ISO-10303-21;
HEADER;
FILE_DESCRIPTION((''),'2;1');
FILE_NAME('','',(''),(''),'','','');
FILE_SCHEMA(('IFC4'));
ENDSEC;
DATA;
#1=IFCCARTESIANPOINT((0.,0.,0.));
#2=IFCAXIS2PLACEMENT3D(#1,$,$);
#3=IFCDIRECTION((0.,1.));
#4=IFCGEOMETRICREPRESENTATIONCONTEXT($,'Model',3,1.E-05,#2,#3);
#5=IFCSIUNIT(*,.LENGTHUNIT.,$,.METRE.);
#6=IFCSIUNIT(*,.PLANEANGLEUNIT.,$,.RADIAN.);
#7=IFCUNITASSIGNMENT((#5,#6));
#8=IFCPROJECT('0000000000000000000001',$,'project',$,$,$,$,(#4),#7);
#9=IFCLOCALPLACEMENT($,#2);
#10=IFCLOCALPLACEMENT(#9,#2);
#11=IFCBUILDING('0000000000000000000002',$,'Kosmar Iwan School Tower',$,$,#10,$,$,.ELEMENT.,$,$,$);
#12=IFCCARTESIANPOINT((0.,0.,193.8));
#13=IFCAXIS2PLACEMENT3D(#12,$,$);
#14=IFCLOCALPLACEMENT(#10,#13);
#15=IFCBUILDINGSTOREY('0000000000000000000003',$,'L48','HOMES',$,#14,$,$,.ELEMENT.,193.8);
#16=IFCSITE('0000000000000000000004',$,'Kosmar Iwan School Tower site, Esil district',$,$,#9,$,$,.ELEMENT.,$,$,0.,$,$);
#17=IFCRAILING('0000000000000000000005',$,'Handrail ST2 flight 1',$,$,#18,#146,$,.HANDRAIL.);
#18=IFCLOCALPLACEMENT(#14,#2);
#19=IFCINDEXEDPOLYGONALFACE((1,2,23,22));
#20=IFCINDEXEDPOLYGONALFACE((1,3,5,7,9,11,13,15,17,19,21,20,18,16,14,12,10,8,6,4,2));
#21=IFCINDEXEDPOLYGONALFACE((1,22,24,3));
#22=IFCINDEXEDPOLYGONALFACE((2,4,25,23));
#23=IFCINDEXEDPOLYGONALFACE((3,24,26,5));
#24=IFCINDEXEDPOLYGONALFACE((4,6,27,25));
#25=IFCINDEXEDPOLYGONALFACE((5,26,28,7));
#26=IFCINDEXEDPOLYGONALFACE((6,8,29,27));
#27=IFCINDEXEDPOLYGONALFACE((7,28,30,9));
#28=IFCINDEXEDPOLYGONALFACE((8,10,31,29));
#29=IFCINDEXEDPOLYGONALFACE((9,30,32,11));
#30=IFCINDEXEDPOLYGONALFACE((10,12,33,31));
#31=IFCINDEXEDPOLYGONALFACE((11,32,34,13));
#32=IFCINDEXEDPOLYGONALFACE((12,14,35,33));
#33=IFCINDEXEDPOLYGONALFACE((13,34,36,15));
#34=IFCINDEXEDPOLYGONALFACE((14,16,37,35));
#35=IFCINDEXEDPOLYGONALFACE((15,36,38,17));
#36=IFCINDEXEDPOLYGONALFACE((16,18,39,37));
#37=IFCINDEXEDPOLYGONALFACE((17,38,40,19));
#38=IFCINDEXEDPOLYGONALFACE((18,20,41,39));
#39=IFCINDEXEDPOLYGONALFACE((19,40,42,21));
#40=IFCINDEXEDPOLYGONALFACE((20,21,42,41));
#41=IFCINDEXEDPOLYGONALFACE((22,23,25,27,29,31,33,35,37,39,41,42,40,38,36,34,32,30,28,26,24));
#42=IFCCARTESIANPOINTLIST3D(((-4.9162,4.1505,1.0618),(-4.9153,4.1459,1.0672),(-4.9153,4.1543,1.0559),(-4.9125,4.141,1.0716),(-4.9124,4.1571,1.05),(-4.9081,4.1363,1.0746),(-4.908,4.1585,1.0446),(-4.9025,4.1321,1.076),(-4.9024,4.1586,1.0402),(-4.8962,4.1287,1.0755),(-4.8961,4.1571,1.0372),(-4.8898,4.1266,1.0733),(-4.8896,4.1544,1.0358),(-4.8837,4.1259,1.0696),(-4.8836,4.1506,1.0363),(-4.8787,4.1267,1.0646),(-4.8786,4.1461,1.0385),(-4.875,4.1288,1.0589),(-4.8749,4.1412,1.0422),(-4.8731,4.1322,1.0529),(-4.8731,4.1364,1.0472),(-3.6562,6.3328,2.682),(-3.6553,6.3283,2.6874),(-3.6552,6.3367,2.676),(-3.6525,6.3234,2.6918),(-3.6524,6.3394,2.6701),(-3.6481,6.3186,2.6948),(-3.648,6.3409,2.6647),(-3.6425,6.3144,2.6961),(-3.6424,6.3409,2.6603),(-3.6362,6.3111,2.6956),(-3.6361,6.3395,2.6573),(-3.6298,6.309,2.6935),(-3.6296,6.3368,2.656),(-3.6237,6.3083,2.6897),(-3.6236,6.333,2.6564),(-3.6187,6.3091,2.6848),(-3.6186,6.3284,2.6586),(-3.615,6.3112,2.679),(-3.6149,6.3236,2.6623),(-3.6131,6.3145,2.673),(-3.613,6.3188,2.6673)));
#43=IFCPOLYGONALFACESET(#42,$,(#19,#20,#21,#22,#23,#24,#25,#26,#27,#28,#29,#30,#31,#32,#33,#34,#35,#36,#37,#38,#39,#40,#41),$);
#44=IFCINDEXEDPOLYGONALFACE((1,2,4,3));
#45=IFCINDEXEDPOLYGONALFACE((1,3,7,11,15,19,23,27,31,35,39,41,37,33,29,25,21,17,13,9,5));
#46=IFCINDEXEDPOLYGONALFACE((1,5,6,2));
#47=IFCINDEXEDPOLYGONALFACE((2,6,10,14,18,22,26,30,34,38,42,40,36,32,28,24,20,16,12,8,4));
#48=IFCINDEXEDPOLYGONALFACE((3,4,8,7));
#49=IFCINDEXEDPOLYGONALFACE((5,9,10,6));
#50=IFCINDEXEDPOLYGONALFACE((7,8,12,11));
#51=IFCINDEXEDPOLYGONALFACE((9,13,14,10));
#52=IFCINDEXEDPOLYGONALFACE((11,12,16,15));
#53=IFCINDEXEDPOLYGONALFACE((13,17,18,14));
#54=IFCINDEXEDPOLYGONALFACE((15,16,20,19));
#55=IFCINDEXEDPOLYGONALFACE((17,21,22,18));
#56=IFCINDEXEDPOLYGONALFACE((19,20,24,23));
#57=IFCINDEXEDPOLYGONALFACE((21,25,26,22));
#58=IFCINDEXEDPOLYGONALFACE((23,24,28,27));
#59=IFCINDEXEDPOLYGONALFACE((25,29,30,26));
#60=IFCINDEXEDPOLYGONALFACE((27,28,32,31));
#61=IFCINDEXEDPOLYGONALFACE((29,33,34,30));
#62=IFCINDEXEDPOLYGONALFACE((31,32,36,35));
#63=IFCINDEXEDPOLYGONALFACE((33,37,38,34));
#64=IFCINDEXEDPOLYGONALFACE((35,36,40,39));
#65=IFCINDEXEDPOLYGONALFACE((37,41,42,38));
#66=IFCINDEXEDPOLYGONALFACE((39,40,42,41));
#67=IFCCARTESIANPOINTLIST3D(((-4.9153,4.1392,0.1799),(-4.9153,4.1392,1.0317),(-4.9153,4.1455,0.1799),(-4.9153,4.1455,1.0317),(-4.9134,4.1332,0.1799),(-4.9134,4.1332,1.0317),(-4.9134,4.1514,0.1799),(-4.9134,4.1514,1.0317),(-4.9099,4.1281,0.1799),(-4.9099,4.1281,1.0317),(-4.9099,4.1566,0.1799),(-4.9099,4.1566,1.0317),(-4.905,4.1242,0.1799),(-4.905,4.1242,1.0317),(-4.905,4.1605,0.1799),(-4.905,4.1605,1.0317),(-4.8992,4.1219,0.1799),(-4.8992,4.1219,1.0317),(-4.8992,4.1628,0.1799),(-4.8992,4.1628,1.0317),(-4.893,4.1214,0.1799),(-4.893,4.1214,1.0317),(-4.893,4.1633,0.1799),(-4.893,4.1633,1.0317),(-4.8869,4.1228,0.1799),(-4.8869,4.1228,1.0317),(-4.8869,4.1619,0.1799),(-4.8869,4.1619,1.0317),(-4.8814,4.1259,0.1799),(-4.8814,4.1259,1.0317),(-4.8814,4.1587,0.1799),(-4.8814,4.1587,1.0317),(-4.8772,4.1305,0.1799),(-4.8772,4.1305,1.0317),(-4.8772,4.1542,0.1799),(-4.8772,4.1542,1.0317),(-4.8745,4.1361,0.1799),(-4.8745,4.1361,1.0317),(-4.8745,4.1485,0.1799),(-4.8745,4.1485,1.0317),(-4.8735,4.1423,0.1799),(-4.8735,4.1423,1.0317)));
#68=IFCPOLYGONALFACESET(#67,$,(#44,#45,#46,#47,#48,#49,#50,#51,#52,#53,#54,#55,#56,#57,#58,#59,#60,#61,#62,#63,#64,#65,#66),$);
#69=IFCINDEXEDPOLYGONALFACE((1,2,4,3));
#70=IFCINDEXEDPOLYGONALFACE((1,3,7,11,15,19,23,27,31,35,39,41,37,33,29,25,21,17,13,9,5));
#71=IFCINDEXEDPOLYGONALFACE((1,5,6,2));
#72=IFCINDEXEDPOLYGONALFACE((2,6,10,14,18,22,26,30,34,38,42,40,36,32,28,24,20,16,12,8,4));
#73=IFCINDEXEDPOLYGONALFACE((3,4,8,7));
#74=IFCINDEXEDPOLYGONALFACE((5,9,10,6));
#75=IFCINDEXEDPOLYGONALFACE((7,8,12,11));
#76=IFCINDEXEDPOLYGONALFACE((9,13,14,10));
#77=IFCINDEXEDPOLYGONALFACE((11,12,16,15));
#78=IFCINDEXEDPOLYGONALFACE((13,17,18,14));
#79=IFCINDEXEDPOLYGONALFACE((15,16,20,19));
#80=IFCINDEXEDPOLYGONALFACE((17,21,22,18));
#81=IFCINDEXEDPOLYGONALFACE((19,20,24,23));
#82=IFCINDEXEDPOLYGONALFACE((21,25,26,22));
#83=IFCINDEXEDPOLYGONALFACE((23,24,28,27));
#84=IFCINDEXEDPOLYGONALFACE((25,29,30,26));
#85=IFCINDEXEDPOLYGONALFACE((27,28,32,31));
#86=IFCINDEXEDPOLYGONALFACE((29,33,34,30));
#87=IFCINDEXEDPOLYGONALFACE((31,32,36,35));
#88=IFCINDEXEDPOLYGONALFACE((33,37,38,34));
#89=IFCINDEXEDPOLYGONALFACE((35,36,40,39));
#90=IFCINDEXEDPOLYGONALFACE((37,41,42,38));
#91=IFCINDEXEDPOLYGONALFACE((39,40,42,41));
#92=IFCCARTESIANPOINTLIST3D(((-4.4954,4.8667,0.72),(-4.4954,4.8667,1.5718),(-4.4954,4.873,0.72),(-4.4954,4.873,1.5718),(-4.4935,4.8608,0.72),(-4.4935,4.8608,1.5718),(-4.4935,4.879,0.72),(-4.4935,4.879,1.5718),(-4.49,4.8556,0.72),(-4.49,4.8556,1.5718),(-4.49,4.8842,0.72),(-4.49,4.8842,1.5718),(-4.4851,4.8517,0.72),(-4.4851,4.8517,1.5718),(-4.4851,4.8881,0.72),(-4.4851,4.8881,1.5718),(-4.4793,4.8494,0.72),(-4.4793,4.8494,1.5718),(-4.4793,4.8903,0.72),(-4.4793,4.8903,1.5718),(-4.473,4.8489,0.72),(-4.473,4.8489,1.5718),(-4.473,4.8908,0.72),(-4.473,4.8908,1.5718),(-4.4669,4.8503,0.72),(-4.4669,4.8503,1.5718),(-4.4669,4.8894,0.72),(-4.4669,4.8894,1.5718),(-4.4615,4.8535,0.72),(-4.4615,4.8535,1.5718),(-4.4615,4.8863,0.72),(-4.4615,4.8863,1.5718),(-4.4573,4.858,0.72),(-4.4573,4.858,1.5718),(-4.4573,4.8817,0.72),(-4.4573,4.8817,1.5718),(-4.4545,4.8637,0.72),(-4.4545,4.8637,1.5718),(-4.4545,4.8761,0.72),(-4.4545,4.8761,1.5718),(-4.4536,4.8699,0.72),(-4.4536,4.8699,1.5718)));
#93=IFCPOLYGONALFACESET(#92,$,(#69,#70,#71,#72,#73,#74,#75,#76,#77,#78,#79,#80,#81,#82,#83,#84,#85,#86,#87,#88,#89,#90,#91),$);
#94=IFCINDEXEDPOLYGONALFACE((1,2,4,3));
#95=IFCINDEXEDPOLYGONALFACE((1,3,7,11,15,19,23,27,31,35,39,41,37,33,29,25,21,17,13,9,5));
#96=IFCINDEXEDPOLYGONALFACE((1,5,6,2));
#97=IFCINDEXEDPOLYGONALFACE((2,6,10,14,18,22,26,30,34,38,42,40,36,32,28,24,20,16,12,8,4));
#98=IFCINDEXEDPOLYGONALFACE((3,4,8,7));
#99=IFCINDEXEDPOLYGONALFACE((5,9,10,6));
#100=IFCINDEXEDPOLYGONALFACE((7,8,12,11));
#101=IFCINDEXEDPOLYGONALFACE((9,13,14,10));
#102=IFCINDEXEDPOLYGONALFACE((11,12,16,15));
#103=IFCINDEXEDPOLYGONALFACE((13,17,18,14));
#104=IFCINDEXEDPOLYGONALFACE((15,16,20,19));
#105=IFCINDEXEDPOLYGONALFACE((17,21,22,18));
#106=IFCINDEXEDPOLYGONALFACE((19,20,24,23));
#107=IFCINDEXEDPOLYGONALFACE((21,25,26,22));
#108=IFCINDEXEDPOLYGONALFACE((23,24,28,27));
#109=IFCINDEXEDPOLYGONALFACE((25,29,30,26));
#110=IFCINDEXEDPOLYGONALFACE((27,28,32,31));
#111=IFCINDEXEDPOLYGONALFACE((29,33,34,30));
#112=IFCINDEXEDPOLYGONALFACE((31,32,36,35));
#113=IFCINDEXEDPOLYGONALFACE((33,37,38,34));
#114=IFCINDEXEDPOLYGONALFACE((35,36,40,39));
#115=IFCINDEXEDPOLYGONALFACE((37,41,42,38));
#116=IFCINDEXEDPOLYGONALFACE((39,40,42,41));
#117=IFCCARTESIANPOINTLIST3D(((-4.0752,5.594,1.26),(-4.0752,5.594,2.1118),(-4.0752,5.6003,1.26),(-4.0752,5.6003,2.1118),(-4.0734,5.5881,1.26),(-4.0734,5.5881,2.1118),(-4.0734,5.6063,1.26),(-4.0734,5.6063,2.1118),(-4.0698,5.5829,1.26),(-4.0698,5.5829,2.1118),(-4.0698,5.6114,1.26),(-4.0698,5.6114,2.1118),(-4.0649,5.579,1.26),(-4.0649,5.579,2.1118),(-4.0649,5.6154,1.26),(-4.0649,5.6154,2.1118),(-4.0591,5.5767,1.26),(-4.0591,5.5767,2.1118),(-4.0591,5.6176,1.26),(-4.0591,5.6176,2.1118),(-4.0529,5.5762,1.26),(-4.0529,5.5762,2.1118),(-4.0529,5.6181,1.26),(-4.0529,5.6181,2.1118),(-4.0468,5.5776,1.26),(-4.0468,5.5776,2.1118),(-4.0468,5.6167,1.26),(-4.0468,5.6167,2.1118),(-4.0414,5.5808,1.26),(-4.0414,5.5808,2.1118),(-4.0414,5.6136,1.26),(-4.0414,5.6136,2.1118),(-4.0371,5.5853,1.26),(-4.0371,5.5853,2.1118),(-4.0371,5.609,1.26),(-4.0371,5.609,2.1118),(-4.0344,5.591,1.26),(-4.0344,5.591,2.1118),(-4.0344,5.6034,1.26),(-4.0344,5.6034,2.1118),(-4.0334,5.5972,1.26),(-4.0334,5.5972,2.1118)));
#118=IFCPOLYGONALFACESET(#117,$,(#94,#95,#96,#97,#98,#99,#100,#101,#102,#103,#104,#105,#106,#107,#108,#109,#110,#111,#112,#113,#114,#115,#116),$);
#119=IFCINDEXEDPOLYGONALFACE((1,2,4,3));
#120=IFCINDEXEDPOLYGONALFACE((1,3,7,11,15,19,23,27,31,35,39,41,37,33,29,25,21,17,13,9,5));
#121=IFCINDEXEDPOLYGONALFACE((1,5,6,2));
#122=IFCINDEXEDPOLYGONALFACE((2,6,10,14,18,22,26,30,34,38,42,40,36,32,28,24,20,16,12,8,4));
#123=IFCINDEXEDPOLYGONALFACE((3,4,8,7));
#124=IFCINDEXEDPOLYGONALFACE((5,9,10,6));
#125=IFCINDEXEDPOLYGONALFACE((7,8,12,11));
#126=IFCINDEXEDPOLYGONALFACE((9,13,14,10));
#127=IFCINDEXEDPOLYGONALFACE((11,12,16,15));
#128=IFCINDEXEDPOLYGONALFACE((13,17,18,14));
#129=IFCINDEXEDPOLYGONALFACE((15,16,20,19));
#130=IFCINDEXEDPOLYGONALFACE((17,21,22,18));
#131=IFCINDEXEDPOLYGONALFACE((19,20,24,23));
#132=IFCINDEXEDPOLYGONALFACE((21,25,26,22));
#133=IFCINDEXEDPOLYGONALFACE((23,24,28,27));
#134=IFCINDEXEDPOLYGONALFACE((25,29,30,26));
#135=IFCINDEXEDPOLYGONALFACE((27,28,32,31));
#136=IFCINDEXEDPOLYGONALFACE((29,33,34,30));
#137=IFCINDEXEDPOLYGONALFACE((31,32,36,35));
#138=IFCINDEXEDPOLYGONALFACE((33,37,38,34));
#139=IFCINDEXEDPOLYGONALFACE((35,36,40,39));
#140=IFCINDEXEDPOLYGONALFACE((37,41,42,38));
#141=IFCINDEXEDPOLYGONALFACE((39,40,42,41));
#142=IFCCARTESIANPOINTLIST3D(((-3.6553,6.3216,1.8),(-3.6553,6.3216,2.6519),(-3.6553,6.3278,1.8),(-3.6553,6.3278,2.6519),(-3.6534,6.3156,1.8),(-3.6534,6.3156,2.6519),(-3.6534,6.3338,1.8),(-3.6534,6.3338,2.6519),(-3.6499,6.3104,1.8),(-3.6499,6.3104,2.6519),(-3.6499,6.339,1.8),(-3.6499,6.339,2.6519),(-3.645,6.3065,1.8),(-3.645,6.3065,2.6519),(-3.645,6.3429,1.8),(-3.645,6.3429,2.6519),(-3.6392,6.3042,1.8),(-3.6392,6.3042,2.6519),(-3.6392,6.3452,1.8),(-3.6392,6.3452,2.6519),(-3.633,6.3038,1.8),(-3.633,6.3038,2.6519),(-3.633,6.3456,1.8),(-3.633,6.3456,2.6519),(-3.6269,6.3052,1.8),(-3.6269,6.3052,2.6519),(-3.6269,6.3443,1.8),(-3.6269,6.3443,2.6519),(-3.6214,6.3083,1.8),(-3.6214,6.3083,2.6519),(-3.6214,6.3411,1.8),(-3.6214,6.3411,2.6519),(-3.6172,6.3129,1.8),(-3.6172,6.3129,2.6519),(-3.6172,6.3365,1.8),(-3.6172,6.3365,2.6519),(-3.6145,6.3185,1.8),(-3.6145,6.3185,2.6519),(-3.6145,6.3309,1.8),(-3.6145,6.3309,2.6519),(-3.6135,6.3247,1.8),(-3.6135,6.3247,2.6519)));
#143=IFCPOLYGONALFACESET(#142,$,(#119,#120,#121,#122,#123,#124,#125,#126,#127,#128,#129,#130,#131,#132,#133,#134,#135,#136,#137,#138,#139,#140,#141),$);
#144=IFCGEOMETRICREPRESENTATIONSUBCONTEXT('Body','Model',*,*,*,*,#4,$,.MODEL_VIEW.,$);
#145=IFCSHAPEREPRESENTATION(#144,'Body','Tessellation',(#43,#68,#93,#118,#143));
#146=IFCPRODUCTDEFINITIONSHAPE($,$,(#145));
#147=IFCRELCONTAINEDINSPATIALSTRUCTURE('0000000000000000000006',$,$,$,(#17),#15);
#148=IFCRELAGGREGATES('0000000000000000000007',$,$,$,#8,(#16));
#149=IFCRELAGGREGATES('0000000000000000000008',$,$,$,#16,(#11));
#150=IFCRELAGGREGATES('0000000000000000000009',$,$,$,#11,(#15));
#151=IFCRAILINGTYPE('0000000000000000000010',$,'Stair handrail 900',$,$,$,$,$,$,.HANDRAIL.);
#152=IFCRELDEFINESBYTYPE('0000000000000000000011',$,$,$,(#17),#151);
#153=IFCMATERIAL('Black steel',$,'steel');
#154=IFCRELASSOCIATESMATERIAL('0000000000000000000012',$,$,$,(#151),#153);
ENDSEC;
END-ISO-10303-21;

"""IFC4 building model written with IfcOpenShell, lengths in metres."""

from ifc_helpers import new_model, si_unit, direction, frame, origin, origin_2d, place, context, subcontext, project, spatial, circle, extrude, material, type_object, element, save


model = new_model("IFC4")

# Units and contexts
model_context = context("Model", 3, precision=1e-05, world=origin(), true_north=direction((0.0, 1.0)))
body_context = subcontext(model_context, "Body", "Model", "MODEL_VIEW")
ifc_project = project(units=[si_unit("LENGTHUNIT", "METRE"), si_unit("PLANEANGLEUNIT", "RADIAN")], contexts=[model_context])

# Site, building, storey
site_placement = place(None, origin())
site = spatial("IfcSite", under=ifc_project, at=site_placement, Name="Kosmar Iwan School Tower site, Esil district", CompositionType="ELEMENT", RefElevation=0.0)
building_placement = place(site_placement, origin())
building = spatial("IfcBuilding", under=site, at=building_placement, Name="Kosmar Iwan School Tower", CompositionType="ELEMENT")
storey_placement = place(building_placement, frame((0.0, 0.0, 193.8)))
storey = spatial("IfcBuildingStorey", under=building, at=storey_placement, Name="L48", Description="HOMES", CompositionType="ELEMENT", Elevation=193.8)

# Railing
ifc_material_1 = material(Name="Black steel", Category="steel")
railing_type = type_object("IfcRailingType", Name="Stair handrail 900", PredefinedType="HANDRAIL", material=ifc_material_1)
railing_placement = place(storey_placement, frame((-4.8945, 4.1423, 0.1799)))
element("IfcRailing", 1, at=railing_placement, inside=storey, type_object=railing_type, Name="Handrail ST2 flight 1", PredefinedType="HANDRAIL", context=body_context, shape_type="SweptSolid", body=[
    extrude(circle(Radius=0.0239, at=origin_2d()), frame((0.0, 0.0, 0.876), z_axis=(0.420584, 0.728464, 0.540786), x_axis=(-0.866023, 0.500005, 0.0)), (0.0, 0.0, 1.0), 2.9958),
    extrude(circle(Radius=0.021, at=origin_2d()), origin(), (0.0, 0.0, 1.0), 0.8518),
    extrude(circle(Radius=0.021, at=origin_2d()), frame((0.4199, 0.7275, 0.54)), (0.0, 0.0, 1.0), 0.8518),
    extrude(circle(Radius=0.021, at=origin_2d()), frame((0.8401, 1.4548, 1.0801)), (0.0, 0.0, 1.0), 0.8518),
    extrude(circle(Radius=0.021, at=origin_2d()), frame((1.26, 2.1824, 1.6201)), (0.0, 0.0, 1.0), 0.8518),
])

save(model, "model.ifc")
